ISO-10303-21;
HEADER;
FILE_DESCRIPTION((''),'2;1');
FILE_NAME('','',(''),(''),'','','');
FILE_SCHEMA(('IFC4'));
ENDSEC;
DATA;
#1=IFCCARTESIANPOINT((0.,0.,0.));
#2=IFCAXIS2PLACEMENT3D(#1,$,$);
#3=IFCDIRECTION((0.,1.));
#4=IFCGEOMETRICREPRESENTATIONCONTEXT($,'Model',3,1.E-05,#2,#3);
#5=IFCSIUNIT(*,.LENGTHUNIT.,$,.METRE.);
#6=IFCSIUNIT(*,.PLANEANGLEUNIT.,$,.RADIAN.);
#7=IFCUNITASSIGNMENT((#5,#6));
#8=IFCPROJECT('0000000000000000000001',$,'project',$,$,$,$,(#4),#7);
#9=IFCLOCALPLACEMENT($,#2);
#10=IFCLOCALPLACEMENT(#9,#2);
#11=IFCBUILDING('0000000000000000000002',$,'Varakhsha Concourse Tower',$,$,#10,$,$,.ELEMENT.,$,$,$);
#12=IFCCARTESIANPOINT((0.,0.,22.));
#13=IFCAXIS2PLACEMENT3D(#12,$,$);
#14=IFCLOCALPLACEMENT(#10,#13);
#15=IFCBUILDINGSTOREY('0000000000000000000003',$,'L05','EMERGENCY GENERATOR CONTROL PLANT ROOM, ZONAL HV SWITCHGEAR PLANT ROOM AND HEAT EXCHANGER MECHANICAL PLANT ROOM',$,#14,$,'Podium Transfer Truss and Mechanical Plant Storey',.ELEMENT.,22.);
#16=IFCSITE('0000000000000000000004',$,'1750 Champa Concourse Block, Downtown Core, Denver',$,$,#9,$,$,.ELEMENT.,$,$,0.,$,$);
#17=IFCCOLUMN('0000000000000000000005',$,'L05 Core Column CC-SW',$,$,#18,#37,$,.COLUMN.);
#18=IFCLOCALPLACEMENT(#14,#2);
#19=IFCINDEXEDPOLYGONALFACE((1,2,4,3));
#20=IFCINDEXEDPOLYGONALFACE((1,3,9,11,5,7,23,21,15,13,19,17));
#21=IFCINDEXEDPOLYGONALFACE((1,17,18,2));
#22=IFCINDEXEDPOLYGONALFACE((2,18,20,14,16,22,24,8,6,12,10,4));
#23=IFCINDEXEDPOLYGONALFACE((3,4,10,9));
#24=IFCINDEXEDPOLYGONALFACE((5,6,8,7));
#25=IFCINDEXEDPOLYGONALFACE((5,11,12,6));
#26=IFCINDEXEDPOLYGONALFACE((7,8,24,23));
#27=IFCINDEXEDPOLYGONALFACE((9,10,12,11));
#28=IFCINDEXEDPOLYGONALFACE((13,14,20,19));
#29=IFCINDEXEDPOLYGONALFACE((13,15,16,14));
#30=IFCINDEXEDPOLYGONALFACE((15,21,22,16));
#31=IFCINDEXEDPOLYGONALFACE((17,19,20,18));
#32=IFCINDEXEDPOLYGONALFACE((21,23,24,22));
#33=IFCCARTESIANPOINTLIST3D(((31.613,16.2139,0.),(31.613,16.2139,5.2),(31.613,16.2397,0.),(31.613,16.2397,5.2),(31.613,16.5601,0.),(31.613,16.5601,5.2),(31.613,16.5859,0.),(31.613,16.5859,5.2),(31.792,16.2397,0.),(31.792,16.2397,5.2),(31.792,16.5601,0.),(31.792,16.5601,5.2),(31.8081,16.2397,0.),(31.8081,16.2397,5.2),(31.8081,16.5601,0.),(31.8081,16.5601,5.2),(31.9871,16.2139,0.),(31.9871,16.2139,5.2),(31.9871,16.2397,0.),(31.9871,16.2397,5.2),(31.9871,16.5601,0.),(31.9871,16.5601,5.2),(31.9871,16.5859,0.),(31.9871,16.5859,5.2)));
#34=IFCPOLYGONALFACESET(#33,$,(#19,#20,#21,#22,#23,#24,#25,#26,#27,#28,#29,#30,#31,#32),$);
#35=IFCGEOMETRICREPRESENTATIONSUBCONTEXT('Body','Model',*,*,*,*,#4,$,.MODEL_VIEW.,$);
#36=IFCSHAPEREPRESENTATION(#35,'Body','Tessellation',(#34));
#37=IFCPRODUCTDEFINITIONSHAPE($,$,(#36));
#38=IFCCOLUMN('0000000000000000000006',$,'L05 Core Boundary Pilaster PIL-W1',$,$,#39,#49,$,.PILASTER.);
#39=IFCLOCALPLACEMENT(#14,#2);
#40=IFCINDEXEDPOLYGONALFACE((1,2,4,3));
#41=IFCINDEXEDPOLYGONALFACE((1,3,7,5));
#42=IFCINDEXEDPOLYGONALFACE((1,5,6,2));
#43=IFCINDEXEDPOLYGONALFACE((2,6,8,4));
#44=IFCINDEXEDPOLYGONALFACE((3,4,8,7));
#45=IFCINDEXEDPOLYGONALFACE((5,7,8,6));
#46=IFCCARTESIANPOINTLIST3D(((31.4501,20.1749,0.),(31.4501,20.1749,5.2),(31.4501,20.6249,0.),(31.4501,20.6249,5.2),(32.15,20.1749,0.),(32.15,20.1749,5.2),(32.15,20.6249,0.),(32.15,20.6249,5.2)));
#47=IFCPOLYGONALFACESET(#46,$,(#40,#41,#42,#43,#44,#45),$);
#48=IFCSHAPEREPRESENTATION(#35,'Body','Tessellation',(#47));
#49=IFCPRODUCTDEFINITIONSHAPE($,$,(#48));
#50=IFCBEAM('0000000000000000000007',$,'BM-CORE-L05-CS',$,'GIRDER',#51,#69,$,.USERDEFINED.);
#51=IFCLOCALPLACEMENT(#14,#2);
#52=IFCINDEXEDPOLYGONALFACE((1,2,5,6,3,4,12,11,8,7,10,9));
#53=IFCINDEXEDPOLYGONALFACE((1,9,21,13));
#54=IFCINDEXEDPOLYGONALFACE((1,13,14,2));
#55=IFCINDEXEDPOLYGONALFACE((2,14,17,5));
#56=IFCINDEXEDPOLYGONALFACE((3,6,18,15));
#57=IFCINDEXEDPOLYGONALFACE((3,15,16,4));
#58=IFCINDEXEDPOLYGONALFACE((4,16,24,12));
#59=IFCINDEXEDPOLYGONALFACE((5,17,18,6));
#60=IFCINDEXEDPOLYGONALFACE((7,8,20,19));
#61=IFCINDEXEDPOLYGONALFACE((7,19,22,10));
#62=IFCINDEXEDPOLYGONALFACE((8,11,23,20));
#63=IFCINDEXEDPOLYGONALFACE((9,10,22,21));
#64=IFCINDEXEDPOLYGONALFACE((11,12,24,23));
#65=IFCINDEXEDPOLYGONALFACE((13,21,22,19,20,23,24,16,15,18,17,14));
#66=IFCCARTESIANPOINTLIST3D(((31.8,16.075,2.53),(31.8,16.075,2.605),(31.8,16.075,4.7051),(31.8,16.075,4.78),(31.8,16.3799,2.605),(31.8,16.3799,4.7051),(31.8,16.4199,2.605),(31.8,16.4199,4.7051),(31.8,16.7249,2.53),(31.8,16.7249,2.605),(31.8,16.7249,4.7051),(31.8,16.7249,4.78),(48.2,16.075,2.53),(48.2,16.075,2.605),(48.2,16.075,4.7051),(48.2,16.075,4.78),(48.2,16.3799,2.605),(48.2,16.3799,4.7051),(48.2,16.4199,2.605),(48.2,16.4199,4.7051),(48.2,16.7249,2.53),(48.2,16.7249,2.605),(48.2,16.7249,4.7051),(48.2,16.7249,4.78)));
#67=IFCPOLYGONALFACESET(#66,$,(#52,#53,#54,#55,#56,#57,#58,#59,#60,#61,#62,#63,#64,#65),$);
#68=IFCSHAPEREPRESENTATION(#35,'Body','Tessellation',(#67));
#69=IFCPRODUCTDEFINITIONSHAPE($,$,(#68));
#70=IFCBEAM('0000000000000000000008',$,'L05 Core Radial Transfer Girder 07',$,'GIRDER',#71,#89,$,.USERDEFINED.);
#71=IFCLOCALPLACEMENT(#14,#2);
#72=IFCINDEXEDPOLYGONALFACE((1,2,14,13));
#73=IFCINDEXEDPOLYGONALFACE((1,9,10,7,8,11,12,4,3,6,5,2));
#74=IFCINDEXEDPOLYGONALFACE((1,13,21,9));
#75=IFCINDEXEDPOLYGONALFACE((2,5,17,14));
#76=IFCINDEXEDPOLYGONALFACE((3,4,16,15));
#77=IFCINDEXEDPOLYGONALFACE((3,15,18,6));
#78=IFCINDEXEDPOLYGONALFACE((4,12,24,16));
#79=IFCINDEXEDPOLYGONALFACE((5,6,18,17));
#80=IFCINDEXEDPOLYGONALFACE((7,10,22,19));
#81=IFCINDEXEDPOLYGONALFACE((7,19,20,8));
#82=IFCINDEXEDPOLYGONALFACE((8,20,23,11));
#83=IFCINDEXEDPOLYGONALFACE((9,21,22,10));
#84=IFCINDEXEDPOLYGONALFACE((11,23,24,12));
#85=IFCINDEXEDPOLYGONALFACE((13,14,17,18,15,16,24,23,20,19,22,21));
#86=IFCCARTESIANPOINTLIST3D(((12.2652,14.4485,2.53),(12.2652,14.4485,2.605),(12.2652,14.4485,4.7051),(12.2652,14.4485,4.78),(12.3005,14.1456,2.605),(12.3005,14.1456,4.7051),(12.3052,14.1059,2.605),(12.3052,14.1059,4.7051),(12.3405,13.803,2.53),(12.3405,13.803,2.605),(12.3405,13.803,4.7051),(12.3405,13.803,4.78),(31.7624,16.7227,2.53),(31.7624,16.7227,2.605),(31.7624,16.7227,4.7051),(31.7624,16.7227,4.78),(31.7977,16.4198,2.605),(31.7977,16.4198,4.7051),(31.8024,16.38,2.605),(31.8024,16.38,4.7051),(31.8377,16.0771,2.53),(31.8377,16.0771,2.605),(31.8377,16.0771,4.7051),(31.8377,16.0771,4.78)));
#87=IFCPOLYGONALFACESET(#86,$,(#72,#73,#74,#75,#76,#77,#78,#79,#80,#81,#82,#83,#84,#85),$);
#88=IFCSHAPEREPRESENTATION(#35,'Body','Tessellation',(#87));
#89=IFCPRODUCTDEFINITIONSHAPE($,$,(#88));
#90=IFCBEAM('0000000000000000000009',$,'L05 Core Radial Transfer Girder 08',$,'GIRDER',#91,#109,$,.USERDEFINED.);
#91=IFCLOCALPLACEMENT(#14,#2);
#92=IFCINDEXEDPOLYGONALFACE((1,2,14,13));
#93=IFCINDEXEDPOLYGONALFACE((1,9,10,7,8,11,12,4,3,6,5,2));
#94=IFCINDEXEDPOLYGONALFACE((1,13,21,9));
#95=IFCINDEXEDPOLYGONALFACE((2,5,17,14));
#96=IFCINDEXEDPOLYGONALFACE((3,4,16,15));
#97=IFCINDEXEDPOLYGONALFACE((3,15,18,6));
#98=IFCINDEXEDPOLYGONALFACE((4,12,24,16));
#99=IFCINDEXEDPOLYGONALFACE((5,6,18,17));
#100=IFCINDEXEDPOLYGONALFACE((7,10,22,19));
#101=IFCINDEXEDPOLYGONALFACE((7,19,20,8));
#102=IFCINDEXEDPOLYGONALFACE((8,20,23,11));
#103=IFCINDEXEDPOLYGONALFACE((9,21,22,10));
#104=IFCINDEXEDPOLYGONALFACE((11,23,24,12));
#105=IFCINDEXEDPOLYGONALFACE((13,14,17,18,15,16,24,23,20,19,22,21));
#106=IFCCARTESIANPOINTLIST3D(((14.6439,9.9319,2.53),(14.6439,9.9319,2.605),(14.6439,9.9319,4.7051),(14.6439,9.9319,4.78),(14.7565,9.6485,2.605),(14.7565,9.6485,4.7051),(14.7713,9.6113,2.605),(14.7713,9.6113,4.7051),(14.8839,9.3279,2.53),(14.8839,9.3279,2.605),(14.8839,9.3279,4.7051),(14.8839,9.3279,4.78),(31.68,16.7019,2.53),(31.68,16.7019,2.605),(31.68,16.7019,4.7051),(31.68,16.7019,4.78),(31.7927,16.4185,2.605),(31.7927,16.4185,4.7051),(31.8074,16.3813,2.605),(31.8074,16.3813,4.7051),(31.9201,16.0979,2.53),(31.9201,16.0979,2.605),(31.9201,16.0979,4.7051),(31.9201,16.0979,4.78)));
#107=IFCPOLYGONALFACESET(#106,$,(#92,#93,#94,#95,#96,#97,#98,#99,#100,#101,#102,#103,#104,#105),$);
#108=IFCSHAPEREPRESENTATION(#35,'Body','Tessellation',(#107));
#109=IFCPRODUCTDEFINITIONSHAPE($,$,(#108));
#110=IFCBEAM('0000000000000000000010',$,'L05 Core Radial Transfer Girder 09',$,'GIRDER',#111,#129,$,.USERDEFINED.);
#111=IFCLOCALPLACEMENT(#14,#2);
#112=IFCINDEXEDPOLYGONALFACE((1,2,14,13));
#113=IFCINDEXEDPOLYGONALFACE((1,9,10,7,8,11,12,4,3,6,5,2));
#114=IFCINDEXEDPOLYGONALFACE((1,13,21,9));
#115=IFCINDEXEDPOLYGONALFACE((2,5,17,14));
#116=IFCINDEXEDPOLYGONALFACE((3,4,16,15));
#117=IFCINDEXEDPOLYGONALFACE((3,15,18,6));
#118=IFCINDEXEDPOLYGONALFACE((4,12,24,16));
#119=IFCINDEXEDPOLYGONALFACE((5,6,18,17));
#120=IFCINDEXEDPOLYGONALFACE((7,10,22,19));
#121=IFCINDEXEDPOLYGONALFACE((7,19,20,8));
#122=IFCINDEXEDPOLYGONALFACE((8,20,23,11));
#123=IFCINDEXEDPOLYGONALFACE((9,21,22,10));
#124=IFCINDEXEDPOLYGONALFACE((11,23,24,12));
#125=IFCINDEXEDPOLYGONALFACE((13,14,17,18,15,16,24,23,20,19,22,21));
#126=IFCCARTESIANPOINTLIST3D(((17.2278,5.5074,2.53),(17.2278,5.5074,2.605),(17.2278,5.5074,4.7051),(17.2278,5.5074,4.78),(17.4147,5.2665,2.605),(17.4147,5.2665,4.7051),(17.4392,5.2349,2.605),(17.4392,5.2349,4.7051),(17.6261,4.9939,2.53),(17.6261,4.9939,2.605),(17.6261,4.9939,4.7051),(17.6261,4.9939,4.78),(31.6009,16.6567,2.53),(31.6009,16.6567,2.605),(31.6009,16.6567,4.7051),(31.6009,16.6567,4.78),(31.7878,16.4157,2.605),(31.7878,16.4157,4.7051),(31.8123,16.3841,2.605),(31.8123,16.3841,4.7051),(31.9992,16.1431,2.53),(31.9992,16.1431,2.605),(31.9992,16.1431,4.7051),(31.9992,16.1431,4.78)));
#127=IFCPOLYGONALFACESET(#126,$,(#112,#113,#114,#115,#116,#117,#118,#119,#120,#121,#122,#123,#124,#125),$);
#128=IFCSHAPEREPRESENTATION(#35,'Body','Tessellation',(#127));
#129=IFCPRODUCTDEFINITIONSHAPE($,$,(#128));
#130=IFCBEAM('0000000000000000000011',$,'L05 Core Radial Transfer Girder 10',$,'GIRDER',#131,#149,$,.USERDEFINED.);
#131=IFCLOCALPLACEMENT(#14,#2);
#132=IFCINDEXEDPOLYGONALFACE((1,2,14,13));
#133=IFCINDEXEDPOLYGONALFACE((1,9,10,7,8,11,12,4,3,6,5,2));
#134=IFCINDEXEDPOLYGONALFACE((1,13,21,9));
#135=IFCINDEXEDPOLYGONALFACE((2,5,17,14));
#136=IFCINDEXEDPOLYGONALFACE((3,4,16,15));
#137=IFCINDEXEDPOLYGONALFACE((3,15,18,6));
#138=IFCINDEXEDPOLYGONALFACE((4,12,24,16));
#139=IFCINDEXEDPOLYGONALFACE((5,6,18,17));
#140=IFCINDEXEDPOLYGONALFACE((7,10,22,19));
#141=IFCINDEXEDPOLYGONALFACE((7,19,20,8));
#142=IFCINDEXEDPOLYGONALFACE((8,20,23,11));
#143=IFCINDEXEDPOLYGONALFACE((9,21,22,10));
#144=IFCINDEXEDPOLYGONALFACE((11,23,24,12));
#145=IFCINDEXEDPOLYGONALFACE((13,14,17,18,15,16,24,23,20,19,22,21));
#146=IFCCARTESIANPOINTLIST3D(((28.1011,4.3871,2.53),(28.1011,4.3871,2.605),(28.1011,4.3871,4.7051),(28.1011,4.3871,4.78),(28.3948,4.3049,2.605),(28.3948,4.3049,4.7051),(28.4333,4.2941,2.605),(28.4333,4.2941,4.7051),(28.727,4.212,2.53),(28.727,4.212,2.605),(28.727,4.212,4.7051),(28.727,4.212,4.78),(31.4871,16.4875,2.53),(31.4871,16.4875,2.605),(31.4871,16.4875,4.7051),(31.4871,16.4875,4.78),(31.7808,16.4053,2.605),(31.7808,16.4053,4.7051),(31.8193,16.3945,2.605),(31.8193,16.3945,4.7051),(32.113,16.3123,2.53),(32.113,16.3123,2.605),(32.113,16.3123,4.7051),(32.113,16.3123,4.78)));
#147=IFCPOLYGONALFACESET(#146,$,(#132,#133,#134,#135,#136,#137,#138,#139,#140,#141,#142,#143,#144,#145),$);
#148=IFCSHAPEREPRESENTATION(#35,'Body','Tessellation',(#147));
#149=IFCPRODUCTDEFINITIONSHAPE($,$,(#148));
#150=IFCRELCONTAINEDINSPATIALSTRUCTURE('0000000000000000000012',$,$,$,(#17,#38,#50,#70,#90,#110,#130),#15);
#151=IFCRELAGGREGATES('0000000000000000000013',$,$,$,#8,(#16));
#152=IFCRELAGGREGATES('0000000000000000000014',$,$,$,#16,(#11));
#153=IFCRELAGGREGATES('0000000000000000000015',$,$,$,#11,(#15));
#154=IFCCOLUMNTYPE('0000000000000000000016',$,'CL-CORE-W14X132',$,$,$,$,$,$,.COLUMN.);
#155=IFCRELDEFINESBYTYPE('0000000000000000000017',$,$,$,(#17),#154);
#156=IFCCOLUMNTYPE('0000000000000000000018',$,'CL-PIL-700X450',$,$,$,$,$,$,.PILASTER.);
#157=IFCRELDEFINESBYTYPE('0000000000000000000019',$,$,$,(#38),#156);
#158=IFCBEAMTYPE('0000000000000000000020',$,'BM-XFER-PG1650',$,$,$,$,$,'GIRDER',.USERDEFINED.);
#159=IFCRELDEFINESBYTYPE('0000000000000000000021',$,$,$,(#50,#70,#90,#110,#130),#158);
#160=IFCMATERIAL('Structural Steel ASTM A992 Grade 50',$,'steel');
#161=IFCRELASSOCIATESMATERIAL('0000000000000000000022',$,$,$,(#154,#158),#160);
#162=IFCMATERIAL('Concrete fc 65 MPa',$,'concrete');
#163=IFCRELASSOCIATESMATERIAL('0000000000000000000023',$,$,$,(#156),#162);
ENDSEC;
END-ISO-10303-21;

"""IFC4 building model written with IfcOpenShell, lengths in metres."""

from ifc_helpers import new_model, si_unit, direction, frame, origin, origin_2d, place, context, subcontext, project, spatial, rectangle, i_section, extrude, material, material_profile, profile_set, type_object, element, save


model = new_model("IFC4")

# Units and contexts
model_context = context("Model", 3, precision=1e-05, world=origin(), true_north=direction((0.0, 1.0)))
body_context = subcontext(model_context, "Body", "Model", "MODEL_VIEW")
ifc_project = project(units=[si_unit("LENGTHUNIT", "METRE"), si_unit("PLANEANGLEUNIT", "RADIAN")], contexts=[model_context])

# Site, building, storey
site_placement = place(None, origin())
site = spatial("IfcSite", under=ifc_project, at=site_placement, Name="1750 Champa Concourse Block, Downtown Core, Denver", CompositionType="ELEMENT", RefElevation=0.0)
building_placement = place(site_placement, origin())
building = spatial("IfcBuilding", under=site, at=building_placement, Name="Varakhsha Concourse Tower", CompositionType="ELEMENT")
storey_placement = place(building_placement, frame((0.0, 0.0, 22.0)))
storey = spatial("IfcBuildingStorey", under=building, at=storey_placement, Name="L05", Description="EMERGENCY GENERATOR CONTROL PLANT ROOM, ZONAL HV SWITCHGEAR PLANT ROOM AND HEAT EXCHANGER MECHANICAL PLANT ROOM", LongName="Podium Transfer Truss and Mechanical Plant Storey", CompositionType="ELEMENT", Elevation=22.0)

# Columns
ifc_material_1 = material(Name="Structural Steel ASTM A992 Grade 50", Category="steel")
ifc_material_profile_1 = material_profile(ifc_material_1, i_section(OverallWidth=0.374, OverallDepth=0.3721, WebThickness=0.0161, FlangeThickness=0.0259, at=origin_2d()), Name="W14X132")
ifc_profile_set_1 = profile_set([ifc_material_profile_1], Name="Structural Steel ASTM A992 Grade 50")
column_type_1 = type_object("IfcColumnType", Name="CL-CORE-W14X132", PredefinedType="COLUMN", material=ifc_profile_set_1)
column_1_placement = place(storey_placement, frame((31.8, 16.3999, 0.0), z_axis=(0.0, 0.0, 1.0), x_axis=(1.0, 0.0, 0.0)))
element("IfcColumn", 1, at=column_1_placement, inside=storey, type_object=column_type_1, Name="L05 Core Column CC-SW", PredefinedType="COLUMN", context=body_context, shape_type="SweptSolid", body=[
    extrude(i_section(OverallWidth=0.374, OverallDepth=0.3721, WebThickness=0.0161, FlangeThickness=0.0259, at=origin_2d()), origin(), (0.0, 0.0, 1.0), 5.2),
])
ifc_material_2 = material(Name="Concrete fc 65 MPa", Category="concrete")
ifc_material_profile_2 = material_profile(ifc_material_2, rectangle(XDim=0.7, YDim=0.45, at=origin_2d()), Name="RC 700x450")
ifc_profile_set_2 = profile_set([ifc_material_profile_2], Name="Concrete fc 65 MPa")
column_type_2 = type_object("IfcColumnType", Name="CL-PIL-700X450", PredefinedType="PILASTER", material=ifc_profile_set_2)
column_2_placement = place(storey_placement, frame((31.8, 20.3999, 0.0), z_axis=(0.0, 0.0, 1.0), x_axis=(1.0, 0.0, 0.0)))
element("IfcColumn", 2, at=column_2_placement, inside=storey, type_object=column_type_2, Name="L05 Core Boundary Pilaster PIL-W1", PredefinedType="PILASTER", context=body_context, shape_type="SweptSolid", body=[
    extrude(rectangle(XDim=0.7, YDim=0.45, at=origin_2d()), origin(), (0.0, 0.0, 1.0), 5.2),
])

# Beams
ifc_material_profile_3 = material_profile(ifc_material_1, i_section(OverallWidth=0.6499, OverallDepth=2.25, WebThickness=0.04, FlangeThickness=0.075, at=origin_2d()), Name="PG 2250x650x75x40")
ifc_profile_set_3 = profile_set([ifc_material_profile_3], Name="Structural Steel ASTM A992 Grade 50")
beam_type = type_object("IfcBeamType", Name="BM-XFER-PG1650", ElementType="GIRDER", PredefinedType="USERDEFINED", material=ifc_profile_set_3)
beam_1_placement = place(storey_placement, frame((31.8, 16.3999, 3.655), z_axis=(1.0, 0.0, 0.0), x_axis=(0.0, 1.0, 0.0)))
element("IfcBeam", 3, at=beam_1_placement, inside=storey, type_object=beam_type, Name="BM-CORE-L05-CS", ObjectType="GIRDER", PredefinedType="USERDEFINED", context=body_context, shape_type="SweptSolid", body=[
    extrude(i_section(OverallWidth=0.6499, OverallDepth=2.25, WebThickness=0.04, FlangeThickness=0.075, at=origin_2d()), origin(), (0.0, 0.0, 1.0), 16.3999),
])
beam_2_placement = place(storey_placement, frame((31.8, 16.3999, 3.655), z_axis=(-0.993266, -0.115855, 0.0), x_axis=(0.115855, -0.993266, 0.0)))
element("IfcBeam", 4, at=beam_2_placement, inside=storey, type_object=beam_type, Name="L05 Core Radial Transfer Girder 07", ObjectType="GIRDER", PredefinedType="USERDEFINED", context=body_context, shape_type="SweptSolid", body=[
    extrude(i_section(OverallWidth=0.6499, OverallDepth=2.25, WebThickness=0.04, FlangeThickness=0.075, at=origin_2d()), origin(), (0.0, 0.0, 1.0), 19.6294),
])
beam_3_placement = place(storey_placement, frame((31.8, 16.3999, 3.655), z_axis=(-0.92931, -0.3693, 0.0), x_axis=(0.3693, -0.92931, 0.0)))
element("IfcBeam", 5, at=beam_3_placement, inside=storey, type_object=beam_type, Name="L05 Core Radial Transfer Girder 08", ObjectType="GIRDER", PredefinedType="USERDEFINED", context=body_context, shape_type="SweptSolid", body=[
    extrude(i_section(OverallWidth=0.6499, OverallDepth=2.25, WebThickness=0.04, FlangeThickness=0.075, at=origin_2d()), origin(), (0.0, 0.0, 1.0), 18.332),
])
beam_4_placement = place(storey_placement, frame((31.8, 16.3999, 3.655), z_axis=(-0.790147, -0.612917, 0.0), x_axis=(0.612917, -0.790147, 0.0)))
element("IfcBeam", 6, at=beam_4_placement, inside=storey, type_object=beam_type, Name="L05 Core Radial Transfer Girder 09", ObjectType="GIRDER", PredefinedType="USERDEFINED", context=body_context, shape_type="SweptSolid", body=[
    extrude(i_section(OverallWidth=0.6499, OverallDepth=2.25, WebThickness=0.04, FlangeThickness=0.075, at=origin_2d()), origin(), (0.0, 0.0, 1.0), 18.1904),
])
beam_5_placement = place(storey_placement, frame((31.8, 16.3999, 3.655), z_axis=(-0.269474, -0.963008, 0.0), x_axis=(0.963008, -0.269474, 0.0)))
element("IfcBeam", 7, at=beam_5_placement, inside=storey, type_object=beam_type, Name="L05 Core Radial Transfer Girder 10", ObjectType="GIRDER", PredefinedType="USERDEFINED", context=body_context, shape_type="SweptSolid", body=[
    extrude(i_section(OverallWidth=0.6499, OverallDepth=2.25, WebThickness=0.04, FlangeThickness=0.075, at=origin_2d()), origin(), (0.0, 0.0, 1.0), 12.5652),
])

save(model, "model.ifc")
